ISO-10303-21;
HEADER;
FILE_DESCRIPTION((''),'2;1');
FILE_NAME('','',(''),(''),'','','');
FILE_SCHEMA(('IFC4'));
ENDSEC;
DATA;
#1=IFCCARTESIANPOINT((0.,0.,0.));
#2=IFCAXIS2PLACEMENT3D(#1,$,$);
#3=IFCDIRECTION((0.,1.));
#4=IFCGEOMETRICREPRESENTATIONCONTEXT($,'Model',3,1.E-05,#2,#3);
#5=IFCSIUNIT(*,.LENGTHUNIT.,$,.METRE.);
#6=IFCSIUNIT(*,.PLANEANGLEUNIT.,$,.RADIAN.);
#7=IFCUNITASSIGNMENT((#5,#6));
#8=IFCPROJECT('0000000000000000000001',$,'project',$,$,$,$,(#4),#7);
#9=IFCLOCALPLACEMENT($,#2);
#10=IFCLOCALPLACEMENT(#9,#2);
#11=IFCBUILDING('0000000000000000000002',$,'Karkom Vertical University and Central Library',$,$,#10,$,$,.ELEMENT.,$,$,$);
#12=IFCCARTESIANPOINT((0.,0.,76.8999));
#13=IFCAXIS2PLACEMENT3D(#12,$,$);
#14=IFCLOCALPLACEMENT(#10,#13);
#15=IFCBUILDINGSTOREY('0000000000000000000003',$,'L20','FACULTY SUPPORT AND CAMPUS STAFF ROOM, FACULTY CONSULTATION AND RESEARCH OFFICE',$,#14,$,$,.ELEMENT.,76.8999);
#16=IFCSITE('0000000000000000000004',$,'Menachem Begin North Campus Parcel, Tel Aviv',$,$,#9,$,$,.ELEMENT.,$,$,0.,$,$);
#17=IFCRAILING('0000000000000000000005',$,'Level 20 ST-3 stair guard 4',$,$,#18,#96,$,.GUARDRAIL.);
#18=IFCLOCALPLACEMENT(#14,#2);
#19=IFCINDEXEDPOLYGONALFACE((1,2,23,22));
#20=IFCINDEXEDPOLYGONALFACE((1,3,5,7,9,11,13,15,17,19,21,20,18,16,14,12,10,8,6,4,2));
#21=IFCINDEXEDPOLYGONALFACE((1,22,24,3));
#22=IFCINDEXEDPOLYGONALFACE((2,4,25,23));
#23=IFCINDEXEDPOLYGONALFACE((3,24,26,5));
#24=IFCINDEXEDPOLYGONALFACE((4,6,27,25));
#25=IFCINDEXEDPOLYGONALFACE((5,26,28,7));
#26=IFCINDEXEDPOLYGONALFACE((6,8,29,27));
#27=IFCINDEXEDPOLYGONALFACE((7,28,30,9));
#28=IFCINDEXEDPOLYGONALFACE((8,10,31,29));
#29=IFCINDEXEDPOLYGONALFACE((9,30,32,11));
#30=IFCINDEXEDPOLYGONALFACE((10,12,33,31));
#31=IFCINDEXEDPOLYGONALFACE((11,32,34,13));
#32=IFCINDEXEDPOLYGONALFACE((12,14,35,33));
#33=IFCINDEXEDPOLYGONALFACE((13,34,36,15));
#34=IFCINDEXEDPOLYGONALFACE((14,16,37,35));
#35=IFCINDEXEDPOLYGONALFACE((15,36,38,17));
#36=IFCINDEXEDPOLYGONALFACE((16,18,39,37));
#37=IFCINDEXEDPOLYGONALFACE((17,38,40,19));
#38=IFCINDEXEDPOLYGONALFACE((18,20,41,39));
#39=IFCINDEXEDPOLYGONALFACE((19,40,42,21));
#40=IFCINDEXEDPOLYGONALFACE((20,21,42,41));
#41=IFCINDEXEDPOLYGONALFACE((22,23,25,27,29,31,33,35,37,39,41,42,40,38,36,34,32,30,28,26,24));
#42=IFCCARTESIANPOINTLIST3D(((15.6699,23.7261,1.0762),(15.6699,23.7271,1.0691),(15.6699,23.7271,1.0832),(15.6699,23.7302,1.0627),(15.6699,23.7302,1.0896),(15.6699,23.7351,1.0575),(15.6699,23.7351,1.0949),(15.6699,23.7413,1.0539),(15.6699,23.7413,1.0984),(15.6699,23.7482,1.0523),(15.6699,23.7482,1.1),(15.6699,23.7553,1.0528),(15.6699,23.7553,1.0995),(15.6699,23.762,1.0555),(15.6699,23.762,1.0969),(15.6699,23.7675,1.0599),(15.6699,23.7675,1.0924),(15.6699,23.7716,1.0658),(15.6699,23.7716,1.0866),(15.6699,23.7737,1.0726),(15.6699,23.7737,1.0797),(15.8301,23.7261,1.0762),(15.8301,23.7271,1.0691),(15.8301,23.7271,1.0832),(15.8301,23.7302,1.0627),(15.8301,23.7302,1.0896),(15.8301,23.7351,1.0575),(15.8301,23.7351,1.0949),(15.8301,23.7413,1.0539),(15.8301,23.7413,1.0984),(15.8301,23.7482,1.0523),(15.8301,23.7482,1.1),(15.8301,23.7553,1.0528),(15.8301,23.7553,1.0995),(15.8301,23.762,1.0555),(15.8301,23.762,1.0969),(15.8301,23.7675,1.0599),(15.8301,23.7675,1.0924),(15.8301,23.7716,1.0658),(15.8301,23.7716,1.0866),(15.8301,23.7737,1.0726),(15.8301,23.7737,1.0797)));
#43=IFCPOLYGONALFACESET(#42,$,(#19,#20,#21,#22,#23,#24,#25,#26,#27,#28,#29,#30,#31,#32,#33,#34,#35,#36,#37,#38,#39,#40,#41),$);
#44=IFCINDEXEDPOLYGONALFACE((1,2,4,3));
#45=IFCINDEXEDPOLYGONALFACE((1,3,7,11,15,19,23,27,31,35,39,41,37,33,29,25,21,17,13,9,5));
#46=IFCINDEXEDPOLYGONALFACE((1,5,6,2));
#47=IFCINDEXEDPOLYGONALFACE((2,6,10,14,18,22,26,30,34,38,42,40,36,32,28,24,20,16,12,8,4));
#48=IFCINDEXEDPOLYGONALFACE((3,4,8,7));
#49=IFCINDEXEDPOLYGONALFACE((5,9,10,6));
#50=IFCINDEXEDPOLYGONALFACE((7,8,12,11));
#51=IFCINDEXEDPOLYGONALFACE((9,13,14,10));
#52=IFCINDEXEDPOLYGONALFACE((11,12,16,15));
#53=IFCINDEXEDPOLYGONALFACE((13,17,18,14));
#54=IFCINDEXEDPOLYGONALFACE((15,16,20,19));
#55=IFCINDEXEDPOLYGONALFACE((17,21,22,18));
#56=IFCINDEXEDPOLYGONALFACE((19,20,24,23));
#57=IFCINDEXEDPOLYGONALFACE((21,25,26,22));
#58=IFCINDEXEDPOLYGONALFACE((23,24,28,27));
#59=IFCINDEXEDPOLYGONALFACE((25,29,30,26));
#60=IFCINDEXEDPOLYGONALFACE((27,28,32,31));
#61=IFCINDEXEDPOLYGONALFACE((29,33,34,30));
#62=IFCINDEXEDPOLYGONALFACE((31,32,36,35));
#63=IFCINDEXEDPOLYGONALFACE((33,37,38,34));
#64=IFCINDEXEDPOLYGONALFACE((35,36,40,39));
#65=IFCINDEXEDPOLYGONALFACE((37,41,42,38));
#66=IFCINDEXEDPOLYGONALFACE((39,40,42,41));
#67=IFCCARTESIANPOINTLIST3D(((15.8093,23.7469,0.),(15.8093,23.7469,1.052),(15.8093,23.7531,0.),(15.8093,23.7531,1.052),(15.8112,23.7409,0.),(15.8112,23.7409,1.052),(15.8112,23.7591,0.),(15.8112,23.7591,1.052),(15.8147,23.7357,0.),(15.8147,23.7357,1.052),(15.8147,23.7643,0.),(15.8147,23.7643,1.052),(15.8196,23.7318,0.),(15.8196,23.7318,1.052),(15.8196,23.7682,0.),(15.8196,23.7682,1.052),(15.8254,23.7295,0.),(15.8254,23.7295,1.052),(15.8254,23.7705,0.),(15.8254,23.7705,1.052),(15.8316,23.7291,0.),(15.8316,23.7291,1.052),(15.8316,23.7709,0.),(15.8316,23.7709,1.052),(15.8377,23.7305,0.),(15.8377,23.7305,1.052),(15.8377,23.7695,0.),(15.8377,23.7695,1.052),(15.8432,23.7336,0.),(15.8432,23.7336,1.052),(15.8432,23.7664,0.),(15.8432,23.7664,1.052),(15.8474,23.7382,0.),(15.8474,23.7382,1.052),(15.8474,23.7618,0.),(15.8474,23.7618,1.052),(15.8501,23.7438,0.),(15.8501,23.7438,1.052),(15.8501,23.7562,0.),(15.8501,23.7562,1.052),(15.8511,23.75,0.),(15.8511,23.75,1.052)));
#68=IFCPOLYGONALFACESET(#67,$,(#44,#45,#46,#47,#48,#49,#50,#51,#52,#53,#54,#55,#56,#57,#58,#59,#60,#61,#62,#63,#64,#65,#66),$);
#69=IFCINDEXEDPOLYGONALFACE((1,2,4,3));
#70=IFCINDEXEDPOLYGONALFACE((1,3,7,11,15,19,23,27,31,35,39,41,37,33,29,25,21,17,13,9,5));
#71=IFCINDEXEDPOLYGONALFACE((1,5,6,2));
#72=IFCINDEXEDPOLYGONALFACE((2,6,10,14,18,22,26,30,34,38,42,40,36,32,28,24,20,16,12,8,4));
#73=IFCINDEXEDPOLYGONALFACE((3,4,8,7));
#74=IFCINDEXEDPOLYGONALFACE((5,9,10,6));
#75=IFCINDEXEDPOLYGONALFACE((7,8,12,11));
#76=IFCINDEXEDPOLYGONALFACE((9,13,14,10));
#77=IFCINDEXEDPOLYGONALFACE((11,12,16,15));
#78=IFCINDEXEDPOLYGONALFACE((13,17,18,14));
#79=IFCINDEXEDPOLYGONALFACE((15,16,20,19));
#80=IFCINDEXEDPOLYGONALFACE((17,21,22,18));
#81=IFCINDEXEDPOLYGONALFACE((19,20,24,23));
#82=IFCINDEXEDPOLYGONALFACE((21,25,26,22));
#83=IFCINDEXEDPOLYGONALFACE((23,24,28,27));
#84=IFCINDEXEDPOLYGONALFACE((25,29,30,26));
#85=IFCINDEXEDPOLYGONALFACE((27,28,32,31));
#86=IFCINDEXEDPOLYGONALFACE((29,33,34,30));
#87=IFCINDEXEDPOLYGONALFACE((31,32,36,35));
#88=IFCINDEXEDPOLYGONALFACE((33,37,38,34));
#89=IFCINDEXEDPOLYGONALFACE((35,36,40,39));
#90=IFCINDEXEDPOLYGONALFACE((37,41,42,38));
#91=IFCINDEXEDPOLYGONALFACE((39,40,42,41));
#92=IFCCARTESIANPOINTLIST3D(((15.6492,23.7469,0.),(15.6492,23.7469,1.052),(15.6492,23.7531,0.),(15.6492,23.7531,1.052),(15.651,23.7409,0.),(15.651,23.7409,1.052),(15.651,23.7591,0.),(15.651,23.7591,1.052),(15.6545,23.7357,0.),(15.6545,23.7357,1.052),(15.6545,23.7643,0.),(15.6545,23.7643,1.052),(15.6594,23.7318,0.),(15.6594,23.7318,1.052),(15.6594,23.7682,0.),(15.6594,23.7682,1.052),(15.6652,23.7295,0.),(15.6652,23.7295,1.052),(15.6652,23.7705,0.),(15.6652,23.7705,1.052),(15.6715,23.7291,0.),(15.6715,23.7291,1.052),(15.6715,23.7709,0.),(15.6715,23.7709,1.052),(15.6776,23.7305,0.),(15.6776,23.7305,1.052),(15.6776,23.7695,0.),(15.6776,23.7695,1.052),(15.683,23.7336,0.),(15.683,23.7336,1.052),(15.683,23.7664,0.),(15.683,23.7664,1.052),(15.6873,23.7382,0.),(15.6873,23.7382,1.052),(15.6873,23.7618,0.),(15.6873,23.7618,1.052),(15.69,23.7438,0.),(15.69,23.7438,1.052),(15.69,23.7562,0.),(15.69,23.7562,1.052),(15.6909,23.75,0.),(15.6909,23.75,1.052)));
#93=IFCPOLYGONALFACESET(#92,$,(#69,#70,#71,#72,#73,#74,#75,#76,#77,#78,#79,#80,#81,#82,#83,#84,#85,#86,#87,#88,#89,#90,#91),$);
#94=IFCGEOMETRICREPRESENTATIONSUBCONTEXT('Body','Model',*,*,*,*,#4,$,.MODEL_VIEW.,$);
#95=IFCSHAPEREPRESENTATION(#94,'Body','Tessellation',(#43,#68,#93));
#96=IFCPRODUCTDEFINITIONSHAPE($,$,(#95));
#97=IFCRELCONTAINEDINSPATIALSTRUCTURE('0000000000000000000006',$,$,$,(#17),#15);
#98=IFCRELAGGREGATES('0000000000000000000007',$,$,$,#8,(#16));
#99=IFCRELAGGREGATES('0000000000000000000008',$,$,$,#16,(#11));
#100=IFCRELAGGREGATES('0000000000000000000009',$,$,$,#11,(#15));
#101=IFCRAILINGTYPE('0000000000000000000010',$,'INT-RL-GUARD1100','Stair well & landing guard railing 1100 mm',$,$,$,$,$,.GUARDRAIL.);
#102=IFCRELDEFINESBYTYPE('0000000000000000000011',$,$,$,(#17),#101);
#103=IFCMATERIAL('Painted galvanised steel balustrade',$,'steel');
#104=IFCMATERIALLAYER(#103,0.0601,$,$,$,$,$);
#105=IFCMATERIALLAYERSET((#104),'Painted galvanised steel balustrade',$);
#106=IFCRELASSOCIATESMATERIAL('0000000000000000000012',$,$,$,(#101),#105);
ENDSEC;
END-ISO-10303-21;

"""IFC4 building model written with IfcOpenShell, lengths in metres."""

from ifc_helpers import new_model, si_unit, direction, frame, origin, origin_2d, place, context, subcontext, project, spatial, circle, extrude, material, layer, layer_set, type_object, element, save


model = new_model("IFC4")

# Units and contexts
model_context = context("Model", 3, precision=1e-05, world=origin(), true_north=direction((0.0, 1.0)))
body_context = subcontext(model_context, "Body", "Model", "MODEL_VIEW")
ifc_project = project(units=[si_unit("LENGTHUNIT", "METRE"), si_unit("PLANEANGLEUNIT", "RADIAN")], contexts=[model_context])

# Site, building, storey
site_placement = place(None, origin())
site = spatial("IfcSite", under=ifc_project, at=site_placement, Name="Menachem Begin North Campus Parcel, Tel Aviv", CompositionType="ELEMENT", RefElevation=0.0)
building_placement = place(site_placement, origin())
building = spatial("IfcBuilding", under=site, at=building_placement, Name="Karkom Vertical University and Central Library", CompositionType="ELEMENT")
storey_placement = place(building_placement, frame((0.0, 0.0, 76.8999)))
storey = spatial("IfcBuildingStorey", under=building, at=storey_placement, Name="L20", Description="FACULTY SUPPORT AND CAMPUS STAFF ROOM, FACULTY CONSULTATION AND RESEARCH OFFICE", CompositionType="ELEMENT", Elevation=76.8999)

# Railing
ifc_material_1 = material(Name="Painted galvanised steel balustrade", Category="steel")
ifc_layer_1 = layer(ifc_material_1, 0.0601)
ifc_layer_set_1 = layer_set([ifc_layer_1], Name="Painted galvanised steel balustrade")
railing_type_1 = type_object("IfcRailingType", Name="INT-RL-GUARD1100", Description="Stair well & landing guard railing 1100 mm", PredefinedType="GUARDRAIL", material=ifc_layer_set_1)
railing_1_placement = place(storey_placement, frame((15.8301, 23.75, 0.0)))
element("IfcRailing", 1, at=railing_1_placement, inside=storey, type_object=railing_type_1, Name="Level 20 ST-3 stair guard 4", PredefinedType="GUARDRAIL", context=body_context, shape_type="SweptSolid", body=[
    extrude(circle(Radius=0.0239, at=origin_2d()), frame((0.0, 0.0, 1.0762), z_axis=(-1.0, 0.0, 0.0), x_axis=(0.0, -1.0, 0.0)), (0.0, 0.0, 1.0), 0.1602),
    extrude(circle(Radius=0.021, at=origin_2d()), origin(), (0.0, 0.0, 1.0), 1.052),
    extrude(circle(Radius=0.021, at=origin_2d()), frame((-0.1602, 0.0, 0.0)), (0.0, 0.0, 1.0), 1.052),
])

save(model, "model.ifc")
